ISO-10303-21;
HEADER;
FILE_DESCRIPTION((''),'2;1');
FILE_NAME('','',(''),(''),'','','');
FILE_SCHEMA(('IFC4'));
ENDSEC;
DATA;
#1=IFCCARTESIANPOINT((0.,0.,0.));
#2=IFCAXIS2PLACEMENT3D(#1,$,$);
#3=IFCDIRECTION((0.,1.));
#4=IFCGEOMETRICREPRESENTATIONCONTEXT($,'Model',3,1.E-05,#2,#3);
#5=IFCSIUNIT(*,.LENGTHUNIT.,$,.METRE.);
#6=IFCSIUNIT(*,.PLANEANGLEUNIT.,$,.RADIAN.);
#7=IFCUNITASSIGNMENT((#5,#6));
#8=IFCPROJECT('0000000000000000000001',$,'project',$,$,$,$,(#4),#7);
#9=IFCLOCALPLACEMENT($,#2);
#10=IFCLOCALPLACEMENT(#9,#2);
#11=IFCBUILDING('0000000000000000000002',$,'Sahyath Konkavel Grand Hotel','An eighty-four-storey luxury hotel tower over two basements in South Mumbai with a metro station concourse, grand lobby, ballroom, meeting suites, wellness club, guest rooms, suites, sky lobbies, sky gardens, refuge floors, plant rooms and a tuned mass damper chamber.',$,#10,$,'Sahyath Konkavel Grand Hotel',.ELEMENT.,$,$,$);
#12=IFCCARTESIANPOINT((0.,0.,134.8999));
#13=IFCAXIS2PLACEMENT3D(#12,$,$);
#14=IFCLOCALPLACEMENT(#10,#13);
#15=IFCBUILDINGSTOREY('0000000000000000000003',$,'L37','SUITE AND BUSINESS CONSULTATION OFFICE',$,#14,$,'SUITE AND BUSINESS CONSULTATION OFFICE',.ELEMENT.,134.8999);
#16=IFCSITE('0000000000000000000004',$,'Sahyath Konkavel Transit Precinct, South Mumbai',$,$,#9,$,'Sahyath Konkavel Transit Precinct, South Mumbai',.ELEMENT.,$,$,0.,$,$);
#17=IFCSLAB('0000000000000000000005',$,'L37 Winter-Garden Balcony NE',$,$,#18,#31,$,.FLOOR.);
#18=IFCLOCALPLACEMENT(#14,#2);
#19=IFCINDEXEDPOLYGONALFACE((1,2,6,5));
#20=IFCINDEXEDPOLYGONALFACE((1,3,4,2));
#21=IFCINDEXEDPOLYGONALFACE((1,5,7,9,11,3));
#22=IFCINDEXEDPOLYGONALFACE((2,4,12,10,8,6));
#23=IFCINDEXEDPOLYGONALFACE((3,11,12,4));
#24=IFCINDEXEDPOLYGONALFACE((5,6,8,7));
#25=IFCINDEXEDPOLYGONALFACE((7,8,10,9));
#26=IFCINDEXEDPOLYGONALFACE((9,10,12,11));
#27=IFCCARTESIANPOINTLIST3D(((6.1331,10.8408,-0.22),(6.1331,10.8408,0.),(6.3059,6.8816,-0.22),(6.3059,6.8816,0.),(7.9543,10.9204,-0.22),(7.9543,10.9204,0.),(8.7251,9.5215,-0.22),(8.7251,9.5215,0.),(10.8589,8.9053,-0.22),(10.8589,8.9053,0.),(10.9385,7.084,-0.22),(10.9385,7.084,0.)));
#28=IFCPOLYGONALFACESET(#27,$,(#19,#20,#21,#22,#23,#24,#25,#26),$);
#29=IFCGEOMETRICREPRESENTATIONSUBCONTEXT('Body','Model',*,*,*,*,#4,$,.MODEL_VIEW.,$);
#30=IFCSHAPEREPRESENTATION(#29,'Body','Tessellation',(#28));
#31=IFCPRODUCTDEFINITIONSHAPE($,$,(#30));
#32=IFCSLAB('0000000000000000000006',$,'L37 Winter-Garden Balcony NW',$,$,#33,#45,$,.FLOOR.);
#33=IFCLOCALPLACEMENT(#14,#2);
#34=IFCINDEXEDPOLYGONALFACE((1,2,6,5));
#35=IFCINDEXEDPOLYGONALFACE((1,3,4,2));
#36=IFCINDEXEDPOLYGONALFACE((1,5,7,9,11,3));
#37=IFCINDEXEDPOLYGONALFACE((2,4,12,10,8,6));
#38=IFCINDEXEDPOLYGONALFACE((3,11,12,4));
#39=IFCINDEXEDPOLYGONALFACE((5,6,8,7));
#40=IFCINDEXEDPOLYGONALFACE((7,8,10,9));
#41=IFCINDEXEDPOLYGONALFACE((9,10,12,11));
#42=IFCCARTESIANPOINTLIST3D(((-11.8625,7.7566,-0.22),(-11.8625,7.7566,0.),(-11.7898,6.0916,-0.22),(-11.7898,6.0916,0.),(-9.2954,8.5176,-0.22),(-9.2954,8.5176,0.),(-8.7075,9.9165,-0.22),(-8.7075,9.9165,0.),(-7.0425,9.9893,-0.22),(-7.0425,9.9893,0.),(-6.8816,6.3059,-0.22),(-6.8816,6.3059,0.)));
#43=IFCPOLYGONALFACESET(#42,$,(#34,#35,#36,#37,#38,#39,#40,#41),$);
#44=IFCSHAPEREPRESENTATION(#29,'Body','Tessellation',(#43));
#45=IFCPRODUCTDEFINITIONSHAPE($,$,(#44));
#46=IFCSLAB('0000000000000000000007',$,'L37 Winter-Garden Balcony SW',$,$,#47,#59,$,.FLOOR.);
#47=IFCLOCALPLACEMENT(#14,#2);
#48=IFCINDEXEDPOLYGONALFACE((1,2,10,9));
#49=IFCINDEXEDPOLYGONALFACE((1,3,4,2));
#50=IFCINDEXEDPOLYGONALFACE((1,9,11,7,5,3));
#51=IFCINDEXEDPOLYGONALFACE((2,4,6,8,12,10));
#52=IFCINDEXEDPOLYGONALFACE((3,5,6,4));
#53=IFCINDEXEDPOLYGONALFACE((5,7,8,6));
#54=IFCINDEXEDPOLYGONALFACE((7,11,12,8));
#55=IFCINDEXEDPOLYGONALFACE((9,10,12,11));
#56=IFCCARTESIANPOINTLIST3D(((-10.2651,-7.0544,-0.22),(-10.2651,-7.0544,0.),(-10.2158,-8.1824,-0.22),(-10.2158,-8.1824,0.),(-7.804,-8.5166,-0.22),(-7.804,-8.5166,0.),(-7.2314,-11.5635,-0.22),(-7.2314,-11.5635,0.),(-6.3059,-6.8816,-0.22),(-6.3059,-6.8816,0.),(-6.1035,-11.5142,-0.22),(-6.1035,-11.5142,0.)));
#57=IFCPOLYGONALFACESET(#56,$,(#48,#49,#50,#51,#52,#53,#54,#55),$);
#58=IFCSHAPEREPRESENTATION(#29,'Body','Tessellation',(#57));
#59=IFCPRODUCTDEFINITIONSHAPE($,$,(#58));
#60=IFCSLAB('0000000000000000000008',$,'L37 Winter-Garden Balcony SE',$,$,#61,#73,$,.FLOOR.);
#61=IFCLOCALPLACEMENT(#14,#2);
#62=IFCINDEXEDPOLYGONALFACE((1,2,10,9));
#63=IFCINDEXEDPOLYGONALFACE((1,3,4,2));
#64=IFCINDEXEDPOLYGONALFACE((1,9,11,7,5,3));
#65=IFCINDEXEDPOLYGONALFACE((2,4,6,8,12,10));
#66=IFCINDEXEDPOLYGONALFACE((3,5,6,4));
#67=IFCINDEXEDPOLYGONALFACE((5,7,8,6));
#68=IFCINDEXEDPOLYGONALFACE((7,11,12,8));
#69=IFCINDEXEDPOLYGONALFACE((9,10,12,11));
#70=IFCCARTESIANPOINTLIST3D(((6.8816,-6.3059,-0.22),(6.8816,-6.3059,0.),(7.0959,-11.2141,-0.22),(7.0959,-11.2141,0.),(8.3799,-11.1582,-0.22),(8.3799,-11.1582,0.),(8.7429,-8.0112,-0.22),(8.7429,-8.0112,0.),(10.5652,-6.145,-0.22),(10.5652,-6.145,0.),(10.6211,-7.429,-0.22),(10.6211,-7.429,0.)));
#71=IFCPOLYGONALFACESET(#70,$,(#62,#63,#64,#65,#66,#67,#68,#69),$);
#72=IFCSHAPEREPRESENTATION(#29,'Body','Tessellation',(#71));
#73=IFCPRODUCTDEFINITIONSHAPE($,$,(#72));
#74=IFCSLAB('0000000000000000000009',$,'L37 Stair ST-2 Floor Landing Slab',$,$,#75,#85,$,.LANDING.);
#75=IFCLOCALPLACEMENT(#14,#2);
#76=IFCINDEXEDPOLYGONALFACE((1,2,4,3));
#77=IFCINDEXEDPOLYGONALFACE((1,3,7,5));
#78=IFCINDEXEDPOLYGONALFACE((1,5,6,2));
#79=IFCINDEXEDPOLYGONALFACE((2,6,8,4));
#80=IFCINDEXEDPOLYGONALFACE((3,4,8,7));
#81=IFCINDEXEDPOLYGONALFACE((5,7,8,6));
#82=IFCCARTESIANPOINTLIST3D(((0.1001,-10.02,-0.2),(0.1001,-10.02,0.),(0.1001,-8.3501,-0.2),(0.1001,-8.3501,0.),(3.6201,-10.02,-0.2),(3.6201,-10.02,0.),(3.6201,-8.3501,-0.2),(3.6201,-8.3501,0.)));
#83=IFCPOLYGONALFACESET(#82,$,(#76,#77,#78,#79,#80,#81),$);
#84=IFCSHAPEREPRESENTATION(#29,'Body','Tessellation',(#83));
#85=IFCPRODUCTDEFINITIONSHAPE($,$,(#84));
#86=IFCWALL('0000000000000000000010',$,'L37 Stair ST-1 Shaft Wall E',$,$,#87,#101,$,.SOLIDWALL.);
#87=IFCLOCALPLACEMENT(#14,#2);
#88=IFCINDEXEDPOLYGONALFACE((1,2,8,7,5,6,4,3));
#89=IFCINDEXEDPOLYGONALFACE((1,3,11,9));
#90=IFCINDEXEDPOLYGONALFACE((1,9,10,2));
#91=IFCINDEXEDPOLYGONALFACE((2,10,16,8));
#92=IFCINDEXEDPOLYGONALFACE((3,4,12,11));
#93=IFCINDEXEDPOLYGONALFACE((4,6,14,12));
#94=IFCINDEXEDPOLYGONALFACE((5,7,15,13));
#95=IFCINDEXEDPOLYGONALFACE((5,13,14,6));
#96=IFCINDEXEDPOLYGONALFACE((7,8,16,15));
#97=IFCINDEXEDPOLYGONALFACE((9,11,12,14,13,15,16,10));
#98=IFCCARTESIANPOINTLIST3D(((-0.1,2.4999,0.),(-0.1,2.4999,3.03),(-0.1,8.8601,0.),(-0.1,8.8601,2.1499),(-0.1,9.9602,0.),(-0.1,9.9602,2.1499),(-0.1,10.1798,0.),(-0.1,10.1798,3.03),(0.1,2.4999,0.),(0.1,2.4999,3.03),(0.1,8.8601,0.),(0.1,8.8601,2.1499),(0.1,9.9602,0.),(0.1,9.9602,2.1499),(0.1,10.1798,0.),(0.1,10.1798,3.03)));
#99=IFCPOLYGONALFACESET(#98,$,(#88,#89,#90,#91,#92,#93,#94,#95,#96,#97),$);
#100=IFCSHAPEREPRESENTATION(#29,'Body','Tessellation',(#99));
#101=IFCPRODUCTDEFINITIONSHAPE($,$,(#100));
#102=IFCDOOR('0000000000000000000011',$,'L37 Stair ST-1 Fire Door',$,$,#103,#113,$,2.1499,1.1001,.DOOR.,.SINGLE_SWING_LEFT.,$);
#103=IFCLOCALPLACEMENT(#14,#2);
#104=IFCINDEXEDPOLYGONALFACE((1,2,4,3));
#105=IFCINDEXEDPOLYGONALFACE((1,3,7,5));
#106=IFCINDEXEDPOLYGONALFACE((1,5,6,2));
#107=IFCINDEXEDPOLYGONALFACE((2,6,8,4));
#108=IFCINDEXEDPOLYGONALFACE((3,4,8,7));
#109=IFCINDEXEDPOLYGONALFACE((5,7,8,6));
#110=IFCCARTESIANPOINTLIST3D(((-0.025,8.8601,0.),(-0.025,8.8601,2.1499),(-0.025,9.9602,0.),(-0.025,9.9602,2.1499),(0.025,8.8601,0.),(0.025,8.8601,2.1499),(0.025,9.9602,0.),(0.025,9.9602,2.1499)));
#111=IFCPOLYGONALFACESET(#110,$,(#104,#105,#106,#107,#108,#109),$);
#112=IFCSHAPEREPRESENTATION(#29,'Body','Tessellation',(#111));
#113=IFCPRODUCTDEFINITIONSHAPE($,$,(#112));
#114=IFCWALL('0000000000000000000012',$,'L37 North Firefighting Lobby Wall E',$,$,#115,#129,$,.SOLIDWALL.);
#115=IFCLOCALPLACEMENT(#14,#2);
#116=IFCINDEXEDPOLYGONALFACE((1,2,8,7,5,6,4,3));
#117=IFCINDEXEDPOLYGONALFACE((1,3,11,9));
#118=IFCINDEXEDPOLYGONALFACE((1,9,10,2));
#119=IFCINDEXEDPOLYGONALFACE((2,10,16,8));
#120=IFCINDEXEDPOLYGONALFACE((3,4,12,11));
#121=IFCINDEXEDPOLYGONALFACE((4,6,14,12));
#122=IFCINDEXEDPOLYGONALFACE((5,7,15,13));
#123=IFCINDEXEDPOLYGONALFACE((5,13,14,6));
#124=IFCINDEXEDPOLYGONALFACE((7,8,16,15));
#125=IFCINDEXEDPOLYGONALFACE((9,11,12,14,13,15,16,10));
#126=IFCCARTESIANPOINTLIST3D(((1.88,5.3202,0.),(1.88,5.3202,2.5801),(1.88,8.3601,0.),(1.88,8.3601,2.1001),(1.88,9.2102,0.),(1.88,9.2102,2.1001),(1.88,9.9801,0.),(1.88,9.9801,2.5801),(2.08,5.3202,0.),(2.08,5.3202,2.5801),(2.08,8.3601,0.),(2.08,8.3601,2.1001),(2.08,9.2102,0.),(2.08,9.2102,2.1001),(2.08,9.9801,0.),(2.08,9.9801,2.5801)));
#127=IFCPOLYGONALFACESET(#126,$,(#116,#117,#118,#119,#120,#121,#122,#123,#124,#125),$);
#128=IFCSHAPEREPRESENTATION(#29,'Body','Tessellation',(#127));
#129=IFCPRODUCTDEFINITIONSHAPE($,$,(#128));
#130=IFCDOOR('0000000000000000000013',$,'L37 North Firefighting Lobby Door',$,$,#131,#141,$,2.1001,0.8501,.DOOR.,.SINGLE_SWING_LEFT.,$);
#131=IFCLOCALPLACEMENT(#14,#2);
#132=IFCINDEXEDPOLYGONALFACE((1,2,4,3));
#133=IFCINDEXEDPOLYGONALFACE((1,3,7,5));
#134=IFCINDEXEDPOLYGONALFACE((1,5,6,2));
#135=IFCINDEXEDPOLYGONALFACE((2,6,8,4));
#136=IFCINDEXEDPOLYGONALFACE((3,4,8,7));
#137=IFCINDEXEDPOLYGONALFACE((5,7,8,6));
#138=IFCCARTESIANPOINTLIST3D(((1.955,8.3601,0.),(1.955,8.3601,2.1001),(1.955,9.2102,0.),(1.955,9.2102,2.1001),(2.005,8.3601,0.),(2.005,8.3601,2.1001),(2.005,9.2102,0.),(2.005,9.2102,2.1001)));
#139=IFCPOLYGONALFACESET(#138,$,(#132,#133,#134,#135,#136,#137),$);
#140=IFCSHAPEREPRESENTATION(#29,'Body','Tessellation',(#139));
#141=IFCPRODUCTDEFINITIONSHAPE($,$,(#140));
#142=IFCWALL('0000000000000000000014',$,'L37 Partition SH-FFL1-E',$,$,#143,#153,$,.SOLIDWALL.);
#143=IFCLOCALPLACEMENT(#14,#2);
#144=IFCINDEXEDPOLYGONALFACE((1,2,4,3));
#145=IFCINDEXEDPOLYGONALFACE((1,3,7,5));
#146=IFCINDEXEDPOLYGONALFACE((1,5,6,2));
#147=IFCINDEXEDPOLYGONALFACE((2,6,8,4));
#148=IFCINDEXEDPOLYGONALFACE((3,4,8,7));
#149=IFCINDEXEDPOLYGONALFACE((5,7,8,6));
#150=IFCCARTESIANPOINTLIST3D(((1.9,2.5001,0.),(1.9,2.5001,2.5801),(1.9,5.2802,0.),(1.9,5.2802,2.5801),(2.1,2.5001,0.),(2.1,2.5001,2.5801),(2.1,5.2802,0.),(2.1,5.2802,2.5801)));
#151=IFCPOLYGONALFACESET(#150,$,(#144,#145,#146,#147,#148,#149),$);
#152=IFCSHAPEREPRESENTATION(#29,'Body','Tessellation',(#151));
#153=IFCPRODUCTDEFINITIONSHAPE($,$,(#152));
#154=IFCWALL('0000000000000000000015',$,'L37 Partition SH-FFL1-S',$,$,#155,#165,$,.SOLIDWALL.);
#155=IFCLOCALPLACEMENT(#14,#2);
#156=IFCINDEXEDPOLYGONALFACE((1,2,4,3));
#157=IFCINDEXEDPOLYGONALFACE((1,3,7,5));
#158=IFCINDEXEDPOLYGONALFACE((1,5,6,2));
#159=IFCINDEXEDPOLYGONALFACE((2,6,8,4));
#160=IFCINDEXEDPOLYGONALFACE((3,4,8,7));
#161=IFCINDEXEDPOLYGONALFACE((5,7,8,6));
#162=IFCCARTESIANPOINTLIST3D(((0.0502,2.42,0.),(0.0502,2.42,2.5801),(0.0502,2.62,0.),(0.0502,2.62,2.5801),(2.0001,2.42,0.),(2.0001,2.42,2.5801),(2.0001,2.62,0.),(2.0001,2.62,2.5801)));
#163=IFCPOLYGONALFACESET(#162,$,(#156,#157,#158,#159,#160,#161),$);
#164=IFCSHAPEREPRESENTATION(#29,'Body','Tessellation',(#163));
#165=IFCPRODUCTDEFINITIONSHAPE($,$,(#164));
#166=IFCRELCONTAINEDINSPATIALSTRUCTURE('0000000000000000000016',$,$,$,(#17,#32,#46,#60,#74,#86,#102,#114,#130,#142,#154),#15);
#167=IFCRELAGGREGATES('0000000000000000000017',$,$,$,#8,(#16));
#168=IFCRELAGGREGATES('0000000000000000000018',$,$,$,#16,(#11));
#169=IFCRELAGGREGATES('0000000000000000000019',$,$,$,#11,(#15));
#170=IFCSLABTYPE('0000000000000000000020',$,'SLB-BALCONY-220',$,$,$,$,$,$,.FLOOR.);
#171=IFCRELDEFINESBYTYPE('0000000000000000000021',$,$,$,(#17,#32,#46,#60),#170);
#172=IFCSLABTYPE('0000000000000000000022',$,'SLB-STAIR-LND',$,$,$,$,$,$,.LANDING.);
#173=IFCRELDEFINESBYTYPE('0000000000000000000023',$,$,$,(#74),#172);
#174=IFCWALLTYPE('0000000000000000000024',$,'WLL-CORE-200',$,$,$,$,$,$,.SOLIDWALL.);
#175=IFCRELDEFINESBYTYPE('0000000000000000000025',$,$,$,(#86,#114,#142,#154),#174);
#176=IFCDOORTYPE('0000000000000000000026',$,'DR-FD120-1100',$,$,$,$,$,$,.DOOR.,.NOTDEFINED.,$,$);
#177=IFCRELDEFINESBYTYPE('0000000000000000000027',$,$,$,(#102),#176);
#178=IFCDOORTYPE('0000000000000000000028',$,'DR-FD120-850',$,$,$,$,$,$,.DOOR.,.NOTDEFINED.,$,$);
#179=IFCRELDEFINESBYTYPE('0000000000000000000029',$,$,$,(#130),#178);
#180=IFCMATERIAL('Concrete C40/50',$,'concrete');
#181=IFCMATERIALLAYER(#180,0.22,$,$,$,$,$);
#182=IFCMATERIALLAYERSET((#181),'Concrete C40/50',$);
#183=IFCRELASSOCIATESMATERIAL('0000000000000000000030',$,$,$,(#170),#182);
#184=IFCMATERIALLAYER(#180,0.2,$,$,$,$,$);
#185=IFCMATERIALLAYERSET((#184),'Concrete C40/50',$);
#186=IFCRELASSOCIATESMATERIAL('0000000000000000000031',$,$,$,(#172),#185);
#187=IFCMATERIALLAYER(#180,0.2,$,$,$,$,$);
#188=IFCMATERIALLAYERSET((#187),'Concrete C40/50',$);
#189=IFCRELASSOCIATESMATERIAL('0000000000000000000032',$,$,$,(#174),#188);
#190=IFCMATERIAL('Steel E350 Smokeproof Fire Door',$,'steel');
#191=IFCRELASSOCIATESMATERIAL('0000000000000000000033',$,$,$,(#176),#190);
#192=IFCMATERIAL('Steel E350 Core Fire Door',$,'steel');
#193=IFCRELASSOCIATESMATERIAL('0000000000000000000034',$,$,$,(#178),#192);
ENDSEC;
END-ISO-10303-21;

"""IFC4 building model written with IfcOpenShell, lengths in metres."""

from ifc_helpers import new_model, si_unit, direction, frame, frame_2d, origin, origin_2d, place, context, subcontext, project, spatial, polyline, rectangle, outline, extrude, source, transform, mapped, material, layer, layer_set, type_object, element, fill, save


model = new_model("IFC4")

# Units and contexts
model_context = context("Model", 3, precision=1e-05, world=origin(), true_north=direction((0.0, 1.0)))
body_context = subcontext(model_context, "Body", "Model", "MODEL_VIEW")
ifc_project = project(units=[si_unit("LENGTHUNIT", "METRE"), si_unit("PLANEANGLEUNIT", "RADIAN")], contexts=[model_context])

# Site, building, storey
site_placement = place(None, origin())
site = spatial("IfcSite", under=ifc_project, at=site_placement, Name="Sahyath Konkavel Transit Precinct, South Mumbai", LongName="Sahyath Konkavel Transit Precinct, South Mumbai", CompositionType="ELEMENT", RefElevation=0.0)
building_placement = place(site_placement, origin())
building = spatial("IfcBuilding", under=site, at=building_placement, Name="Sahyath Konkavel Grand Hotel", Description="An eighty-four-storey luxury hotel tower over two basements in South Mumbai with a metro station concourse, grand lobby, ballroom, meeting suites, wellness club, guest rooms, suites, sky lobbies, sky gardens, refuge floors, plant rooms and a tuned mass damper chamber.", LongName="Sahyath Konkavel Grand Hotel", CompositionType="ELEMENT")
storey_placement = place(building_placement, frame((0.0, 0.0, 134.8999)))
storey = spatial("IfcBuildingStorey", under=building, at=storey_placement, Name="L37", Description="SUITE AND BUSINESS CONSULTATION OFFICE", LongName="SUITE AND BUSINESS CONSULTATION OFFICE", CompositionType="ELEMENT", Elevation=134.8999)

# Slabs
ifc_material_1 = material(Name="Concrete C40/50", Category="concrete")
ifc_layer_1 = layer(ifc_material_1, 0.22)
ifc_layer_set_1 = layer_set([ifc_layer_1], Name="Concrete C40/50")
slab_type_1 = type_object("IfcSlabType", Name="SLB-BALCONY-220", PredefinedType="FLOOR", material=ifc_layer_set_1)
slab_1_placement = place(storey_placement, frame((0.0, 0.0, -0.22)))
element("IfcSlab", 1, at=slab_1_placement, inside=storey, type_object=slab_type_1, Name="L37 Winter-Garden Balcony NE", PredefinedType="FLOOR", context=body_context, shape_type="SweptSolid", body=[
    extrude(outline(polyline([(6.3059, 6.8816), (10.9385, 7.084), (10.8589, 8.9053), (8.7251, 9.5215), (7.9543, 10.9204), (6.1331, 10.8408), (6.3059, 6.8816)])), origin(), (0.0, 0.0, 1.0), 0.22),
])
slab_2_placement = place(storey_placement, frame((0.0, 0.0, -0.22)))
element("IfcSlab", 2, at=slab_2_placement, inside=storey, type_object=slab_type_1, Name="L37 Winter-Garden Balcony NW", PredefinedType="FLOOR", context=body_context, shape_type="SweptSolid", body=[
    extrude(outline(polyline([(-6.8816, 6.3059), (-7.0425, 9.9893), (-8.7075, 9.9165), (-9.2954, 8.5176), (-11.8625, 7.7566), (-11.7898, 6.0916), (-6.8816, 6.3059)])), origin(), (0.0, 0.0, 1.0), 0.22),
])
slab_3_placement = place(storey_placement, frame((0.0, 0.0, -0.22)))
element("IfcSlab", 3, at=slab_3_placement, inside=storey, type_object=slab_type_1, Name="L37 Winter-Garden Balcony SW", PredefinedType="FLOOR", context=body_context, shape_type="SweptSolid", body=[
    extrude(outline(polyline([(-6.3059, -6.8816), (-10.2651, -7.0544), (-10.2158, -8.1824), (-7.804, -8.5166), (-7.2314, -11.5635), (-6.1035, -11.5142), (-6.3059, -6.8816)])), origin(), (0.0, 0.0, 1.0), 0.22),
])
slab_4_placement = place(storey_placement, frame((0.0, 0.0, -0.22)))
element("IfcSlab", 4, at=slab_4_placement, inside=storey, type_object=slab_type_1, Name="L37 Winter-Garden Balcony SE", PredefinedType="FLOOR", context=body_context, shape_type="SweptSolid", body=[
    extrude(outline(polyline([(6.8816, -6.3059), (7.0959, -11.2141), (8.3799, -11.1582), (8.7429, -8.0112), (10.6211, -7.429), (10.5652, -6.145), (6.8816, -6.3059)])), origin(), (0.0, 0.0, 1.0), 0.22),
])
ifc_layer_2 = layer(ifc_material_1, 0.2)
ifc_layer_set_2 = layer_set([ifc_layer_2], Name="Concrete C40/50")
slab_type_2 = type_object("IfcSlabType", Name="SLB-STAIR-LND", PredefinedType="LANDING", material=ifc_layer_set_2)
slab_5_placement = place(storey_placement, frame((0.0, 0.0, -0.2)))
element("IfcSlab", 5, at=slab_5_placement, inside=storey, type_object=slab_type_2, Name="L37 Stair ST-2 Floor Landing Slab", PredefinedType="LANDING", context=body_context, shape_type="SweptSolid", body=[
    extrude(outline(polyline([(0.1001, -10.02), (3.6201, -10.02), (3.6201, -8.3501), (0.1001, -8.3501), (0.1001, -10.02)])), origin(), (0.0, 0.0, 1.0), 0.2),
])

# Walls, openings, doors
ifc_layer_3 = layer(ifc_material_1, 0.2)
ifc_layer_set_3 = layer_set([ifc_layer_3], Name="Concrete C40/50")
wall_type_1 = type_object("IfcWallType", Name="WLL-CORE-200", PredefinedType="SOLIDWALL", material=ifc_layer_set_3)
wall_1_placement = place(storey_placement, frame((0.0, 2.5, 0.0), z_axis=(0.0, 0.0, 1.0), x_axis=(0.0, 1.0, 0.0)))
wall_1 = element("IfcWall", 6, at=wall_1_placement, inside=storey, type_object=wall_type_1, Name="L37 Stair ST-1 Shaft Wall E", PredefinedType="SOLIDWALL", context=body_context, shape_type="SweptSolid", body=[
    extrude(rectangle(XDim=7.6799, YDim=0.2, at=frame_2d((3.8398, 0.0))), origin(), (0.0, 0.0, 1.0), 3.03),
])
opening_1_placement = place(wall_1_placement, frame((6.3601, 0.0, 0.0)))
opening_1 = element("IfcOpeningElement", 7, at=opening_1_placement, cuts=wall_1, PredefinedType="OPENING", context=body_context, shape_type="SweptSolid", body=[
    extrude(rectangle(XDim=1.1001, YDim=2.1499, at=frame_2d((0.55, 1.075))), frame((0.0, 0.1099, 0.0), z_axis=(0.0, -1.0, 0.0), x_axis=(1.0, 0.0, 0.0)), (0.0, 0.0, 1.0), 0.22),
])
ifc_material_2 = material(Name="Steel E350 Smokeproof Fire Door", Category="steel")
door_type_1 = type_object("IfcDoorType", Name="DR-FD120-1100", OperationType="NOTDEFINED", PredefinedType="DOOR", material=ifc_material_2)
shared_shape_1 = source(origin(), body_context, "Body", "SweptSolid", [
    extrude(rectangle(XDim=1.1001, YDim=0.05, at=origin_2d()), origin(), (0.0, 0.0, 1.0), 2.1499),
])
door_1_placement = place(opening_1_placement, frame((0.55, 0.0, 0.0)))
door_1 = element("IfcDoor", 8, at=door_1_placement, inside=storey, type_object=door_type_1, Name="L37 Stair ST-1 Fire Door", OperationType="SINGLE_SWING_LEFT", OverallHeight=2.1499, OverallWidth=1.1001, PredefinedType="DOOR", context=body_context, shape_type="MappedRepresentation", body=[
    mapped(shared_shape_1, transform((0.0, 0.0, 0.0), scale=1.0)),
])
fill(opening_1, door_1)
wall_2_placement = place(storey_placement, frame((1.98, 5.3201, 0.0), z_axis=(0.0, 0.0, 1.0), x_axis=(0.0, 1.0, 0.0)))
wall_2 = element("IfcWall", 9, at=wall_2_placement, inside=storey, type_object=wall_type_1, Name="L37 North Firefighting Lobby Wall E", PredefinedType="SOLIDWALL", context=body_context, shape_type="SweptSolid", body=[
    extrude(rectangle(XDim=4.6599, YDim=0.2, at=frame_2d((2.3301, 0.0))), origin(), (0.0, 0.0, 1.0), 2.5801),
])
opening_2_placement = place(wall_2_placement, frame((3.04, 0.0, 0.0)))
opening_2 = element("IfcOpeningElement", 10, at=opening_2_placement, cuts=wall_2, PredefinedType="OPENING", context=body_context, shape_type="SweptSolid", body=[
    extrude(rectangle(XDim=0.8501, YDim=2.1001, at=frame_2d((0.425, 1.05))), frame((0.0, 0.1099, 0.0), z_axis=(0.0, -1.0, 0.0), x_axis=(1.0, 0.0, 0.0)), (0.0, 0.0, 1.0), 0.22),
])
ifc_material_3 = material(Name="Steel E350 Core Fire Door", Category="steel")
door_type_2 = type_object("IfcDoorType", Name="DR-FD120-850", OperationType="NOTDEFINED", PredefinedType="DOOR", material=ifc_material_3)
shared_shape_2 = source(origin(), body_context, "Body", "SweptSolid", [
    extrude(rectangle(XDim=0.8501, YDim=0.05, at=origin_2d()), origin(), (0.0, 0.0, 1.0), 2.1001),
])
door_2_placement = place(opening_2_placement, frame((0.425, 0.0, 0.0)))
door_2 = element("IfcDoor", 11, at=door_2_placement, inside=storey, type_object=door_type_2, Name="L37 North Firefighting Lobby Door", OperationType="SINGLE_SWING_LEFT", OverallHeight=2.1001, OverallWidth=0.8501, PredefinedType="DOOR", context=body_context, shape_type="MappedRepresentation", body=[
    mapped(shared_shape_2, transform((0.0, 0.0, 0.0), scale=1.0)),
])
fill(opening_2, door_2)

# Walls
wall_3_placement = place(storey_placement, frame((2.0, 2.5, 0.0), z_axis=(0.0, 0.0, 1.0), x_axis=(0.0, 1.0, 0.0)))
element("IfcWall", 12, at=wall_3_placement, inside=storey, type_object=wall_type_1, Name="L37 Partition SH-FFL1-E", PredefinedType="SOLIDWALL", context=body_context, shape_type="SweptSolid", body=[
    extrude(rectangle(XDim=2.78, YDim=0.2, at=frame_2d((1.3901, 0.0))), origin(), (0.0, 0.0, 1.0), 2.5801),
])
wall_4_placement = place(storey_placement, frame((0.05, 2.52, 0.0), z_axis=(0.0, 0.0, 1.0), x_axis=(1.0, 0.0, 0.0)))
element("IfcWall", 13, at=wall_4_placement, inside=storey, type_object=wall_type_1, Name="L37 Partition SH-FFL1-S", PredefinedType="SOLIDWALL", context=body_context, shape_type="SweptSolid", body=[
    extrude(rectangle(XDim=1.95, YDim=0.2, at=frame_2d((0.9751, 0.0))), origin(), (0.0, 0.0, 1.0), 2.5801),
])

save(model, "model.ifc")
